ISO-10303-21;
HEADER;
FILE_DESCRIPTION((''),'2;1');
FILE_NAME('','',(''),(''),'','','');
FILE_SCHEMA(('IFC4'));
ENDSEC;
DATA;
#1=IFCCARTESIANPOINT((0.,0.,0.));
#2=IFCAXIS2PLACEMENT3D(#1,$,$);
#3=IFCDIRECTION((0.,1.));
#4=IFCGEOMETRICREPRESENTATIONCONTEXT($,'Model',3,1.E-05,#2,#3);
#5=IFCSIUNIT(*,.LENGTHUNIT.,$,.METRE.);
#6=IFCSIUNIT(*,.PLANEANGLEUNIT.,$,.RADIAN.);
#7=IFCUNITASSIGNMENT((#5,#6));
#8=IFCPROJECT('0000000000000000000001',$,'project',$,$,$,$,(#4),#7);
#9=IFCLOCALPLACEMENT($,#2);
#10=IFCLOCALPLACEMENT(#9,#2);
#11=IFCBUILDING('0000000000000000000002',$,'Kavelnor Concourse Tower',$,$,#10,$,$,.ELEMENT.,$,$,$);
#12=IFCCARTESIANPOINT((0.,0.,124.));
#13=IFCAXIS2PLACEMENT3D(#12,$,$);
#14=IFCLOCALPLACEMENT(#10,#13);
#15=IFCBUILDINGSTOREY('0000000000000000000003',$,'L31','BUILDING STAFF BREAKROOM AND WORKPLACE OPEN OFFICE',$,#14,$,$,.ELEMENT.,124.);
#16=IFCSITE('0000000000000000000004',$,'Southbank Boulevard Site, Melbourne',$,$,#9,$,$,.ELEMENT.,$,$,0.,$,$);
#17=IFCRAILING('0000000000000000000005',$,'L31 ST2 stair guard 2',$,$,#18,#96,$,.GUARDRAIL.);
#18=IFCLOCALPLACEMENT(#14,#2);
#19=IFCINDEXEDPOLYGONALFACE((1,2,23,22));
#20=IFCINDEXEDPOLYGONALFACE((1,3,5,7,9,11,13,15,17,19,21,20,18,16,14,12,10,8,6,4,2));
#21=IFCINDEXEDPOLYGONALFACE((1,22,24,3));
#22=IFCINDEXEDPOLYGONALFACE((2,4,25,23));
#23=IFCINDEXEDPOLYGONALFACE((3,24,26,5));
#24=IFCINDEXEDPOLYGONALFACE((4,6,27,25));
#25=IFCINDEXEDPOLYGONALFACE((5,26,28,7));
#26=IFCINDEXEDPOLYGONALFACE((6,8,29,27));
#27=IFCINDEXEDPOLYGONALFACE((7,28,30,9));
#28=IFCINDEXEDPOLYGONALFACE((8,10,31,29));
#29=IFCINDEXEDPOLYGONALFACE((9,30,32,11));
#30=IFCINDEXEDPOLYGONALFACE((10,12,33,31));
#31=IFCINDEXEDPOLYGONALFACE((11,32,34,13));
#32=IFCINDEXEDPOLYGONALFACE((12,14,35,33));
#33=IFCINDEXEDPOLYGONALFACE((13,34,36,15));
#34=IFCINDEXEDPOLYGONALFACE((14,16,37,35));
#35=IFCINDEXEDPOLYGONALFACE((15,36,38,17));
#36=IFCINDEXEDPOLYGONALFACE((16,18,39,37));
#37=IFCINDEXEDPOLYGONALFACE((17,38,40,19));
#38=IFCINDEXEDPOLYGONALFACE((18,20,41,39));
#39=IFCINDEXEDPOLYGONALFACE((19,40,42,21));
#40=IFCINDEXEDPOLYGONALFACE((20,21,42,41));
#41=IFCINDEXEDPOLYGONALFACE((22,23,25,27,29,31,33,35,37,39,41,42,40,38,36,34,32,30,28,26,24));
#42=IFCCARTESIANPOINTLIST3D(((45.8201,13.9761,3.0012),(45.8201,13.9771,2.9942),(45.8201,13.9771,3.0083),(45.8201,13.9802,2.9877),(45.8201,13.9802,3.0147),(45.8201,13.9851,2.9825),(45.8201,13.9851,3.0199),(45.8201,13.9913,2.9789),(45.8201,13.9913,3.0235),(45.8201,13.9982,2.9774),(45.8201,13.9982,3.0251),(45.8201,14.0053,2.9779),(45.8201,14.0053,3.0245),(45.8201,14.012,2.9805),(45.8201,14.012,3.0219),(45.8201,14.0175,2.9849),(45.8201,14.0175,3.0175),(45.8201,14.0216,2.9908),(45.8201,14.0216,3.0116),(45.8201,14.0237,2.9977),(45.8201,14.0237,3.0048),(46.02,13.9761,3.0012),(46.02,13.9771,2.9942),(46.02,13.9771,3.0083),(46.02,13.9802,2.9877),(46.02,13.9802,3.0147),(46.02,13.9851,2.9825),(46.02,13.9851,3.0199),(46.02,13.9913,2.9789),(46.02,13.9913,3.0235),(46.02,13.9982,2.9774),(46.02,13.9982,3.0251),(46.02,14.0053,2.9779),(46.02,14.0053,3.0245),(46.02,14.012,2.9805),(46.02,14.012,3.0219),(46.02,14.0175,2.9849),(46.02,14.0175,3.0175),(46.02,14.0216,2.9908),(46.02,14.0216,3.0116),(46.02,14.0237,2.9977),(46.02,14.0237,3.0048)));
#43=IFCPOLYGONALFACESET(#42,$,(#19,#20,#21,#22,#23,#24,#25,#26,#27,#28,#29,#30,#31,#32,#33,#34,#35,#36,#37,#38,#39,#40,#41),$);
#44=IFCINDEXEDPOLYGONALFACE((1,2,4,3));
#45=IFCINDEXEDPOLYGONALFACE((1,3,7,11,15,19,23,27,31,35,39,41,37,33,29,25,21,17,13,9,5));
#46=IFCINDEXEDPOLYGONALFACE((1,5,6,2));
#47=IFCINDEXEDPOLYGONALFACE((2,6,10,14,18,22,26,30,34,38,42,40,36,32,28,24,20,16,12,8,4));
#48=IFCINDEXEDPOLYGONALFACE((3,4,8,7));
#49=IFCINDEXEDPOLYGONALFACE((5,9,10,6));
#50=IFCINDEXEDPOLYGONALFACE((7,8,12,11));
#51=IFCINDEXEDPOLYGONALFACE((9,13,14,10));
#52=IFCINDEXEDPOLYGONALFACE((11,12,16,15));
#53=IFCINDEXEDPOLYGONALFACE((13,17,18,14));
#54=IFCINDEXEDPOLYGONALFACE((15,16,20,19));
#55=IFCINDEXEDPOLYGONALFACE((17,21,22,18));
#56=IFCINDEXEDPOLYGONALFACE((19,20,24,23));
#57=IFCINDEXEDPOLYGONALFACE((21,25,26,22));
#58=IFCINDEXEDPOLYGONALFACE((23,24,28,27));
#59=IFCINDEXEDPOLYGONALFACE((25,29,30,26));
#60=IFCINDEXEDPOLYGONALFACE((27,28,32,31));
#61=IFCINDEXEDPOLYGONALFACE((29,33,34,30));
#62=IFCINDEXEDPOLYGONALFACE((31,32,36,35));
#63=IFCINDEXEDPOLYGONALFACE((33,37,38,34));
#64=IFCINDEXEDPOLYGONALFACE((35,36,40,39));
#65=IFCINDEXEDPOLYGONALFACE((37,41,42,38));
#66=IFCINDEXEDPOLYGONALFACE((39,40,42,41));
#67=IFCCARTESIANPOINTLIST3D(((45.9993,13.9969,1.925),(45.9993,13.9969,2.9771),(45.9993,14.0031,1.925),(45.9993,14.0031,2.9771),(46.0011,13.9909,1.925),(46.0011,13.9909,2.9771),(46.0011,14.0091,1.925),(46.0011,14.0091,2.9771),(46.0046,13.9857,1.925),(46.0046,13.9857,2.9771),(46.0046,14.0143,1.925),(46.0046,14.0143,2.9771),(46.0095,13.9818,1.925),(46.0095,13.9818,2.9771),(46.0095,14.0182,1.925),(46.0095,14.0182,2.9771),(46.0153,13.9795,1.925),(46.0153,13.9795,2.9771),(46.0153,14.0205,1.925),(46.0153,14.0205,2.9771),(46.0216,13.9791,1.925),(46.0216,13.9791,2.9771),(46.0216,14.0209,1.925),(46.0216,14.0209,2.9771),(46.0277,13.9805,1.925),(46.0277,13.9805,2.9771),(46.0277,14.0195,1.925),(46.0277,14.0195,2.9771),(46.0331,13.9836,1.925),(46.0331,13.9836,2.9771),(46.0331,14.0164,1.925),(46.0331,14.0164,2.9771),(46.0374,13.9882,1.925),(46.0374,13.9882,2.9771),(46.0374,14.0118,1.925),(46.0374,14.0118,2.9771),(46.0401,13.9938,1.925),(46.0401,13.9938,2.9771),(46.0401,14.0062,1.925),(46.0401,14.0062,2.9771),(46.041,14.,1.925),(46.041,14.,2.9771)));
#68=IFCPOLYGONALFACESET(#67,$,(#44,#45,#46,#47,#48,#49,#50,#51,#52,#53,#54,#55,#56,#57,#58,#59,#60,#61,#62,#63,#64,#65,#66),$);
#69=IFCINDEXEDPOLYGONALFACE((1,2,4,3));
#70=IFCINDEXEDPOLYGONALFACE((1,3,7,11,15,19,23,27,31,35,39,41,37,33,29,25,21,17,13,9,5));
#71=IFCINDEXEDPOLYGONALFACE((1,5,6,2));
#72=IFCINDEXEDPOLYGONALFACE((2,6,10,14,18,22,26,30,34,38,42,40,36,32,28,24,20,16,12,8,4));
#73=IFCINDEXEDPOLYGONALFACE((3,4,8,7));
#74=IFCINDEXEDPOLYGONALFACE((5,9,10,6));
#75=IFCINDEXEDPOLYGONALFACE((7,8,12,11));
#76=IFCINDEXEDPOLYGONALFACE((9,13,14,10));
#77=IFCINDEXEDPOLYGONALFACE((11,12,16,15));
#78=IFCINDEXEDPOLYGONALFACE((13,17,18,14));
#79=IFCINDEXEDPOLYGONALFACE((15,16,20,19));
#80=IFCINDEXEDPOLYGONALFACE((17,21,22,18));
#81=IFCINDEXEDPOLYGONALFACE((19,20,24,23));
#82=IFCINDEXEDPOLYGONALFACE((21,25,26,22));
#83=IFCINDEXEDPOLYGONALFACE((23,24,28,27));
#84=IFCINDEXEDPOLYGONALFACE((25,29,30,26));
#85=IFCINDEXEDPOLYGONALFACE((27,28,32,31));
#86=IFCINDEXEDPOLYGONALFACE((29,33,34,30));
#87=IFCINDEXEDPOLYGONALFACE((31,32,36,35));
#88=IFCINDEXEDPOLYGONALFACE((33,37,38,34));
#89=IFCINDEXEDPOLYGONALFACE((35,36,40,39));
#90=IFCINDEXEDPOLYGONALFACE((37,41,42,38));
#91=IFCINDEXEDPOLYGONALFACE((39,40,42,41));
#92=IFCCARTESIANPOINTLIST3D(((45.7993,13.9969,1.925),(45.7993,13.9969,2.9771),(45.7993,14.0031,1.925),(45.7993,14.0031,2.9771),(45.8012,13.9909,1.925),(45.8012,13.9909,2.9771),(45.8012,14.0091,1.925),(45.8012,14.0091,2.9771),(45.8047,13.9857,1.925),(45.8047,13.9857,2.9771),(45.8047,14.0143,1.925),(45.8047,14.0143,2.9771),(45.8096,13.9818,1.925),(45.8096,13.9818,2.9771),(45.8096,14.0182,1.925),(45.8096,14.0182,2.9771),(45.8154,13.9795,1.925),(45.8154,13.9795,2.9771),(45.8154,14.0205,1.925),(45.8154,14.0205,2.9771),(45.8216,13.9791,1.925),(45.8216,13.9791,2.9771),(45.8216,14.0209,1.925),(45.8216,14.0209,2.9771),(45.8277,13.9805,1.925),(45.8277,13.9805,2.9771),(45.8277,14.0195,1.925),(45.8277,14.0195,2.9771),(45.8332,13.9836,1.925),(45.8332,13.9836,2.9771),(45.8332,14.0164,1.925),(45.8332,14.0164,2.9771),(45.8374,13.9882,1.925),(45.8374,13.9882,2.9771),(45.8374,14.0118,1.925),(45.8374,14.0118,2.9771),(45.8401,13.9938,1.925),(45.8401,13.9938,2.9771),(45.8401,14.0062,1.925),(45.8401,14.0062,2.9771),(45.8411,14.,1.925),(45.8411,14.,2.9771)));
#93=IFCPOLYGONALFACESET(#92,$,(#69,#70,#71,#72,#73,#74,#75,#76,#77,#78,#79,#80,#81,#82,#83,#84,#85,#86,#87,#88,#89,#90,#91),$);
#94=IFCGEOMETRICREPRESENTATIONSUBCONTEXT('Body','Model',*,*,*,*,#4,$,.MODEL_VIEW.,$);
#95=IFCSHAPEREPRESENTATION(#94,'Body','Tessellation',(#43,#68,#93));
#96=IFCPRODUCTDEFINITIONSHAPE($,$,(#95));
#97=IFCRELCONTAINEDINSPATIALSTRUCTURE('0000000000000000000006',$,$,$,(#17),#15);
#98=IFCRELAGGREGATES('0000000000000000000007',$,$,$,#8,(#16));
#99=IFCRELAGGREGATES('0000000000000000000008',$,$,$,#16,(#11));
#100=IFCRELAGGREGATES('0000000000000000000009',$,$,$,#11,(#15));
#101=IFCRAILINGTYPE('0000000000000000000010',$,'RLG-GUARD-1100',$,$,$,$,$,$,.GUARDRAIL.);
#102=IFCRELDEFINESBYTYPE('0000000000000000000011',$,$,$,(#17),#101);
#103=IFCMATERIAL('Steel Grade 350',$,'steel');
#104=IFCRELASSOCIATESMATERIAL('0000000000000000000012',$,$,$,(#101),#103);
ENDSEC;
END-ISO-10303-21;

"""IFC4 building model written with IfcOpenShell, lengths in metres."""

from ifc_helpers import new_model, si_unit, direction, frame, origin, origin_2d, place, context, subcontext, project, spatial, circle, extrude, material, type_object, element, save


model = new_model("IFC4")

# Units and contexts
model_context = context("Model", 3, precision=1e-05, world=origin(), true_north=direction((0.0, 1.0)))
body_context = subcontext(model_context, "Body", "Model", "MODEL_VIEW")
ifc_project = project(units=[si_unit("LENGTHUNIT", "METRE"), si_unit("PLANEANGLEUNIT", "RADIAN")], contexts=[model_context])

# Site, building, storey
site_placement = place(None, origin())
site = spatial("IfcSite", under=ifc_project, at=site_placement, Name="Southbank Boulevard Site, Melbourne", CompositionType="ELEMENT", RefElevation=0.0)
building_placement = place(site_placement, origin())
building = spatial("IfcBuilding", under=site, at=building_placement, Name="Kavelnor Concourse Tower", CompositionType="ELEMENT")
storey_placement = place(building_placement, frame((0.0, 0.0, 124.0)))
storey = spatial("IfcBuildingStorey", under=building, at=storey_placement, Name="L31", Description="BUILDING STAFF BREAKROOM AND WORKPLACE OPEN OFFICE", CompositionType="ELEMENT", Elevation=124.0)

# Shared definitions
ifc_material_1 = material(Name="Steel Grade 350", Category="steel")

# Railing
railing_type_1 = type_object("IfcRailingType", Name="RLG-GUARD-1100", PredefinedType="GUARDRAIL", material=ifc_material_1)
railing_1_placement = place(storey_placement, frame((46.02, 14.0, 1.925)))
element("IfcRailing", 1, at=railing_1_placement, inside=storey, type_object=railing_type_1, Name="L31 ST2 stair guard 2", PredefinedType="GUARDRAIL", context=body_context, shape_type="SweptSolid", body=[
    extrude(circle(Radius=0.0239, at=origin_2d()), frame((0.0, 0.0, 1.0762), z_axis=(-1.0, 0.0, 0.0), x_axis=(0.0, -1.0, 0.0)), (0.0, 0.0, 1.0), 0.2),
    extrude(circle(Radius=0.021, at=origin_2d()), origin(), (0.0, 0.0, 1.0), 1.052),
    extrude(circle(Radius=0.021, at=origin_2d()), frame((-0.2, 0.0, 0.0)), (0.0, 0.0, 1.0), 1.052),
])

save(model, "model.ifc")
